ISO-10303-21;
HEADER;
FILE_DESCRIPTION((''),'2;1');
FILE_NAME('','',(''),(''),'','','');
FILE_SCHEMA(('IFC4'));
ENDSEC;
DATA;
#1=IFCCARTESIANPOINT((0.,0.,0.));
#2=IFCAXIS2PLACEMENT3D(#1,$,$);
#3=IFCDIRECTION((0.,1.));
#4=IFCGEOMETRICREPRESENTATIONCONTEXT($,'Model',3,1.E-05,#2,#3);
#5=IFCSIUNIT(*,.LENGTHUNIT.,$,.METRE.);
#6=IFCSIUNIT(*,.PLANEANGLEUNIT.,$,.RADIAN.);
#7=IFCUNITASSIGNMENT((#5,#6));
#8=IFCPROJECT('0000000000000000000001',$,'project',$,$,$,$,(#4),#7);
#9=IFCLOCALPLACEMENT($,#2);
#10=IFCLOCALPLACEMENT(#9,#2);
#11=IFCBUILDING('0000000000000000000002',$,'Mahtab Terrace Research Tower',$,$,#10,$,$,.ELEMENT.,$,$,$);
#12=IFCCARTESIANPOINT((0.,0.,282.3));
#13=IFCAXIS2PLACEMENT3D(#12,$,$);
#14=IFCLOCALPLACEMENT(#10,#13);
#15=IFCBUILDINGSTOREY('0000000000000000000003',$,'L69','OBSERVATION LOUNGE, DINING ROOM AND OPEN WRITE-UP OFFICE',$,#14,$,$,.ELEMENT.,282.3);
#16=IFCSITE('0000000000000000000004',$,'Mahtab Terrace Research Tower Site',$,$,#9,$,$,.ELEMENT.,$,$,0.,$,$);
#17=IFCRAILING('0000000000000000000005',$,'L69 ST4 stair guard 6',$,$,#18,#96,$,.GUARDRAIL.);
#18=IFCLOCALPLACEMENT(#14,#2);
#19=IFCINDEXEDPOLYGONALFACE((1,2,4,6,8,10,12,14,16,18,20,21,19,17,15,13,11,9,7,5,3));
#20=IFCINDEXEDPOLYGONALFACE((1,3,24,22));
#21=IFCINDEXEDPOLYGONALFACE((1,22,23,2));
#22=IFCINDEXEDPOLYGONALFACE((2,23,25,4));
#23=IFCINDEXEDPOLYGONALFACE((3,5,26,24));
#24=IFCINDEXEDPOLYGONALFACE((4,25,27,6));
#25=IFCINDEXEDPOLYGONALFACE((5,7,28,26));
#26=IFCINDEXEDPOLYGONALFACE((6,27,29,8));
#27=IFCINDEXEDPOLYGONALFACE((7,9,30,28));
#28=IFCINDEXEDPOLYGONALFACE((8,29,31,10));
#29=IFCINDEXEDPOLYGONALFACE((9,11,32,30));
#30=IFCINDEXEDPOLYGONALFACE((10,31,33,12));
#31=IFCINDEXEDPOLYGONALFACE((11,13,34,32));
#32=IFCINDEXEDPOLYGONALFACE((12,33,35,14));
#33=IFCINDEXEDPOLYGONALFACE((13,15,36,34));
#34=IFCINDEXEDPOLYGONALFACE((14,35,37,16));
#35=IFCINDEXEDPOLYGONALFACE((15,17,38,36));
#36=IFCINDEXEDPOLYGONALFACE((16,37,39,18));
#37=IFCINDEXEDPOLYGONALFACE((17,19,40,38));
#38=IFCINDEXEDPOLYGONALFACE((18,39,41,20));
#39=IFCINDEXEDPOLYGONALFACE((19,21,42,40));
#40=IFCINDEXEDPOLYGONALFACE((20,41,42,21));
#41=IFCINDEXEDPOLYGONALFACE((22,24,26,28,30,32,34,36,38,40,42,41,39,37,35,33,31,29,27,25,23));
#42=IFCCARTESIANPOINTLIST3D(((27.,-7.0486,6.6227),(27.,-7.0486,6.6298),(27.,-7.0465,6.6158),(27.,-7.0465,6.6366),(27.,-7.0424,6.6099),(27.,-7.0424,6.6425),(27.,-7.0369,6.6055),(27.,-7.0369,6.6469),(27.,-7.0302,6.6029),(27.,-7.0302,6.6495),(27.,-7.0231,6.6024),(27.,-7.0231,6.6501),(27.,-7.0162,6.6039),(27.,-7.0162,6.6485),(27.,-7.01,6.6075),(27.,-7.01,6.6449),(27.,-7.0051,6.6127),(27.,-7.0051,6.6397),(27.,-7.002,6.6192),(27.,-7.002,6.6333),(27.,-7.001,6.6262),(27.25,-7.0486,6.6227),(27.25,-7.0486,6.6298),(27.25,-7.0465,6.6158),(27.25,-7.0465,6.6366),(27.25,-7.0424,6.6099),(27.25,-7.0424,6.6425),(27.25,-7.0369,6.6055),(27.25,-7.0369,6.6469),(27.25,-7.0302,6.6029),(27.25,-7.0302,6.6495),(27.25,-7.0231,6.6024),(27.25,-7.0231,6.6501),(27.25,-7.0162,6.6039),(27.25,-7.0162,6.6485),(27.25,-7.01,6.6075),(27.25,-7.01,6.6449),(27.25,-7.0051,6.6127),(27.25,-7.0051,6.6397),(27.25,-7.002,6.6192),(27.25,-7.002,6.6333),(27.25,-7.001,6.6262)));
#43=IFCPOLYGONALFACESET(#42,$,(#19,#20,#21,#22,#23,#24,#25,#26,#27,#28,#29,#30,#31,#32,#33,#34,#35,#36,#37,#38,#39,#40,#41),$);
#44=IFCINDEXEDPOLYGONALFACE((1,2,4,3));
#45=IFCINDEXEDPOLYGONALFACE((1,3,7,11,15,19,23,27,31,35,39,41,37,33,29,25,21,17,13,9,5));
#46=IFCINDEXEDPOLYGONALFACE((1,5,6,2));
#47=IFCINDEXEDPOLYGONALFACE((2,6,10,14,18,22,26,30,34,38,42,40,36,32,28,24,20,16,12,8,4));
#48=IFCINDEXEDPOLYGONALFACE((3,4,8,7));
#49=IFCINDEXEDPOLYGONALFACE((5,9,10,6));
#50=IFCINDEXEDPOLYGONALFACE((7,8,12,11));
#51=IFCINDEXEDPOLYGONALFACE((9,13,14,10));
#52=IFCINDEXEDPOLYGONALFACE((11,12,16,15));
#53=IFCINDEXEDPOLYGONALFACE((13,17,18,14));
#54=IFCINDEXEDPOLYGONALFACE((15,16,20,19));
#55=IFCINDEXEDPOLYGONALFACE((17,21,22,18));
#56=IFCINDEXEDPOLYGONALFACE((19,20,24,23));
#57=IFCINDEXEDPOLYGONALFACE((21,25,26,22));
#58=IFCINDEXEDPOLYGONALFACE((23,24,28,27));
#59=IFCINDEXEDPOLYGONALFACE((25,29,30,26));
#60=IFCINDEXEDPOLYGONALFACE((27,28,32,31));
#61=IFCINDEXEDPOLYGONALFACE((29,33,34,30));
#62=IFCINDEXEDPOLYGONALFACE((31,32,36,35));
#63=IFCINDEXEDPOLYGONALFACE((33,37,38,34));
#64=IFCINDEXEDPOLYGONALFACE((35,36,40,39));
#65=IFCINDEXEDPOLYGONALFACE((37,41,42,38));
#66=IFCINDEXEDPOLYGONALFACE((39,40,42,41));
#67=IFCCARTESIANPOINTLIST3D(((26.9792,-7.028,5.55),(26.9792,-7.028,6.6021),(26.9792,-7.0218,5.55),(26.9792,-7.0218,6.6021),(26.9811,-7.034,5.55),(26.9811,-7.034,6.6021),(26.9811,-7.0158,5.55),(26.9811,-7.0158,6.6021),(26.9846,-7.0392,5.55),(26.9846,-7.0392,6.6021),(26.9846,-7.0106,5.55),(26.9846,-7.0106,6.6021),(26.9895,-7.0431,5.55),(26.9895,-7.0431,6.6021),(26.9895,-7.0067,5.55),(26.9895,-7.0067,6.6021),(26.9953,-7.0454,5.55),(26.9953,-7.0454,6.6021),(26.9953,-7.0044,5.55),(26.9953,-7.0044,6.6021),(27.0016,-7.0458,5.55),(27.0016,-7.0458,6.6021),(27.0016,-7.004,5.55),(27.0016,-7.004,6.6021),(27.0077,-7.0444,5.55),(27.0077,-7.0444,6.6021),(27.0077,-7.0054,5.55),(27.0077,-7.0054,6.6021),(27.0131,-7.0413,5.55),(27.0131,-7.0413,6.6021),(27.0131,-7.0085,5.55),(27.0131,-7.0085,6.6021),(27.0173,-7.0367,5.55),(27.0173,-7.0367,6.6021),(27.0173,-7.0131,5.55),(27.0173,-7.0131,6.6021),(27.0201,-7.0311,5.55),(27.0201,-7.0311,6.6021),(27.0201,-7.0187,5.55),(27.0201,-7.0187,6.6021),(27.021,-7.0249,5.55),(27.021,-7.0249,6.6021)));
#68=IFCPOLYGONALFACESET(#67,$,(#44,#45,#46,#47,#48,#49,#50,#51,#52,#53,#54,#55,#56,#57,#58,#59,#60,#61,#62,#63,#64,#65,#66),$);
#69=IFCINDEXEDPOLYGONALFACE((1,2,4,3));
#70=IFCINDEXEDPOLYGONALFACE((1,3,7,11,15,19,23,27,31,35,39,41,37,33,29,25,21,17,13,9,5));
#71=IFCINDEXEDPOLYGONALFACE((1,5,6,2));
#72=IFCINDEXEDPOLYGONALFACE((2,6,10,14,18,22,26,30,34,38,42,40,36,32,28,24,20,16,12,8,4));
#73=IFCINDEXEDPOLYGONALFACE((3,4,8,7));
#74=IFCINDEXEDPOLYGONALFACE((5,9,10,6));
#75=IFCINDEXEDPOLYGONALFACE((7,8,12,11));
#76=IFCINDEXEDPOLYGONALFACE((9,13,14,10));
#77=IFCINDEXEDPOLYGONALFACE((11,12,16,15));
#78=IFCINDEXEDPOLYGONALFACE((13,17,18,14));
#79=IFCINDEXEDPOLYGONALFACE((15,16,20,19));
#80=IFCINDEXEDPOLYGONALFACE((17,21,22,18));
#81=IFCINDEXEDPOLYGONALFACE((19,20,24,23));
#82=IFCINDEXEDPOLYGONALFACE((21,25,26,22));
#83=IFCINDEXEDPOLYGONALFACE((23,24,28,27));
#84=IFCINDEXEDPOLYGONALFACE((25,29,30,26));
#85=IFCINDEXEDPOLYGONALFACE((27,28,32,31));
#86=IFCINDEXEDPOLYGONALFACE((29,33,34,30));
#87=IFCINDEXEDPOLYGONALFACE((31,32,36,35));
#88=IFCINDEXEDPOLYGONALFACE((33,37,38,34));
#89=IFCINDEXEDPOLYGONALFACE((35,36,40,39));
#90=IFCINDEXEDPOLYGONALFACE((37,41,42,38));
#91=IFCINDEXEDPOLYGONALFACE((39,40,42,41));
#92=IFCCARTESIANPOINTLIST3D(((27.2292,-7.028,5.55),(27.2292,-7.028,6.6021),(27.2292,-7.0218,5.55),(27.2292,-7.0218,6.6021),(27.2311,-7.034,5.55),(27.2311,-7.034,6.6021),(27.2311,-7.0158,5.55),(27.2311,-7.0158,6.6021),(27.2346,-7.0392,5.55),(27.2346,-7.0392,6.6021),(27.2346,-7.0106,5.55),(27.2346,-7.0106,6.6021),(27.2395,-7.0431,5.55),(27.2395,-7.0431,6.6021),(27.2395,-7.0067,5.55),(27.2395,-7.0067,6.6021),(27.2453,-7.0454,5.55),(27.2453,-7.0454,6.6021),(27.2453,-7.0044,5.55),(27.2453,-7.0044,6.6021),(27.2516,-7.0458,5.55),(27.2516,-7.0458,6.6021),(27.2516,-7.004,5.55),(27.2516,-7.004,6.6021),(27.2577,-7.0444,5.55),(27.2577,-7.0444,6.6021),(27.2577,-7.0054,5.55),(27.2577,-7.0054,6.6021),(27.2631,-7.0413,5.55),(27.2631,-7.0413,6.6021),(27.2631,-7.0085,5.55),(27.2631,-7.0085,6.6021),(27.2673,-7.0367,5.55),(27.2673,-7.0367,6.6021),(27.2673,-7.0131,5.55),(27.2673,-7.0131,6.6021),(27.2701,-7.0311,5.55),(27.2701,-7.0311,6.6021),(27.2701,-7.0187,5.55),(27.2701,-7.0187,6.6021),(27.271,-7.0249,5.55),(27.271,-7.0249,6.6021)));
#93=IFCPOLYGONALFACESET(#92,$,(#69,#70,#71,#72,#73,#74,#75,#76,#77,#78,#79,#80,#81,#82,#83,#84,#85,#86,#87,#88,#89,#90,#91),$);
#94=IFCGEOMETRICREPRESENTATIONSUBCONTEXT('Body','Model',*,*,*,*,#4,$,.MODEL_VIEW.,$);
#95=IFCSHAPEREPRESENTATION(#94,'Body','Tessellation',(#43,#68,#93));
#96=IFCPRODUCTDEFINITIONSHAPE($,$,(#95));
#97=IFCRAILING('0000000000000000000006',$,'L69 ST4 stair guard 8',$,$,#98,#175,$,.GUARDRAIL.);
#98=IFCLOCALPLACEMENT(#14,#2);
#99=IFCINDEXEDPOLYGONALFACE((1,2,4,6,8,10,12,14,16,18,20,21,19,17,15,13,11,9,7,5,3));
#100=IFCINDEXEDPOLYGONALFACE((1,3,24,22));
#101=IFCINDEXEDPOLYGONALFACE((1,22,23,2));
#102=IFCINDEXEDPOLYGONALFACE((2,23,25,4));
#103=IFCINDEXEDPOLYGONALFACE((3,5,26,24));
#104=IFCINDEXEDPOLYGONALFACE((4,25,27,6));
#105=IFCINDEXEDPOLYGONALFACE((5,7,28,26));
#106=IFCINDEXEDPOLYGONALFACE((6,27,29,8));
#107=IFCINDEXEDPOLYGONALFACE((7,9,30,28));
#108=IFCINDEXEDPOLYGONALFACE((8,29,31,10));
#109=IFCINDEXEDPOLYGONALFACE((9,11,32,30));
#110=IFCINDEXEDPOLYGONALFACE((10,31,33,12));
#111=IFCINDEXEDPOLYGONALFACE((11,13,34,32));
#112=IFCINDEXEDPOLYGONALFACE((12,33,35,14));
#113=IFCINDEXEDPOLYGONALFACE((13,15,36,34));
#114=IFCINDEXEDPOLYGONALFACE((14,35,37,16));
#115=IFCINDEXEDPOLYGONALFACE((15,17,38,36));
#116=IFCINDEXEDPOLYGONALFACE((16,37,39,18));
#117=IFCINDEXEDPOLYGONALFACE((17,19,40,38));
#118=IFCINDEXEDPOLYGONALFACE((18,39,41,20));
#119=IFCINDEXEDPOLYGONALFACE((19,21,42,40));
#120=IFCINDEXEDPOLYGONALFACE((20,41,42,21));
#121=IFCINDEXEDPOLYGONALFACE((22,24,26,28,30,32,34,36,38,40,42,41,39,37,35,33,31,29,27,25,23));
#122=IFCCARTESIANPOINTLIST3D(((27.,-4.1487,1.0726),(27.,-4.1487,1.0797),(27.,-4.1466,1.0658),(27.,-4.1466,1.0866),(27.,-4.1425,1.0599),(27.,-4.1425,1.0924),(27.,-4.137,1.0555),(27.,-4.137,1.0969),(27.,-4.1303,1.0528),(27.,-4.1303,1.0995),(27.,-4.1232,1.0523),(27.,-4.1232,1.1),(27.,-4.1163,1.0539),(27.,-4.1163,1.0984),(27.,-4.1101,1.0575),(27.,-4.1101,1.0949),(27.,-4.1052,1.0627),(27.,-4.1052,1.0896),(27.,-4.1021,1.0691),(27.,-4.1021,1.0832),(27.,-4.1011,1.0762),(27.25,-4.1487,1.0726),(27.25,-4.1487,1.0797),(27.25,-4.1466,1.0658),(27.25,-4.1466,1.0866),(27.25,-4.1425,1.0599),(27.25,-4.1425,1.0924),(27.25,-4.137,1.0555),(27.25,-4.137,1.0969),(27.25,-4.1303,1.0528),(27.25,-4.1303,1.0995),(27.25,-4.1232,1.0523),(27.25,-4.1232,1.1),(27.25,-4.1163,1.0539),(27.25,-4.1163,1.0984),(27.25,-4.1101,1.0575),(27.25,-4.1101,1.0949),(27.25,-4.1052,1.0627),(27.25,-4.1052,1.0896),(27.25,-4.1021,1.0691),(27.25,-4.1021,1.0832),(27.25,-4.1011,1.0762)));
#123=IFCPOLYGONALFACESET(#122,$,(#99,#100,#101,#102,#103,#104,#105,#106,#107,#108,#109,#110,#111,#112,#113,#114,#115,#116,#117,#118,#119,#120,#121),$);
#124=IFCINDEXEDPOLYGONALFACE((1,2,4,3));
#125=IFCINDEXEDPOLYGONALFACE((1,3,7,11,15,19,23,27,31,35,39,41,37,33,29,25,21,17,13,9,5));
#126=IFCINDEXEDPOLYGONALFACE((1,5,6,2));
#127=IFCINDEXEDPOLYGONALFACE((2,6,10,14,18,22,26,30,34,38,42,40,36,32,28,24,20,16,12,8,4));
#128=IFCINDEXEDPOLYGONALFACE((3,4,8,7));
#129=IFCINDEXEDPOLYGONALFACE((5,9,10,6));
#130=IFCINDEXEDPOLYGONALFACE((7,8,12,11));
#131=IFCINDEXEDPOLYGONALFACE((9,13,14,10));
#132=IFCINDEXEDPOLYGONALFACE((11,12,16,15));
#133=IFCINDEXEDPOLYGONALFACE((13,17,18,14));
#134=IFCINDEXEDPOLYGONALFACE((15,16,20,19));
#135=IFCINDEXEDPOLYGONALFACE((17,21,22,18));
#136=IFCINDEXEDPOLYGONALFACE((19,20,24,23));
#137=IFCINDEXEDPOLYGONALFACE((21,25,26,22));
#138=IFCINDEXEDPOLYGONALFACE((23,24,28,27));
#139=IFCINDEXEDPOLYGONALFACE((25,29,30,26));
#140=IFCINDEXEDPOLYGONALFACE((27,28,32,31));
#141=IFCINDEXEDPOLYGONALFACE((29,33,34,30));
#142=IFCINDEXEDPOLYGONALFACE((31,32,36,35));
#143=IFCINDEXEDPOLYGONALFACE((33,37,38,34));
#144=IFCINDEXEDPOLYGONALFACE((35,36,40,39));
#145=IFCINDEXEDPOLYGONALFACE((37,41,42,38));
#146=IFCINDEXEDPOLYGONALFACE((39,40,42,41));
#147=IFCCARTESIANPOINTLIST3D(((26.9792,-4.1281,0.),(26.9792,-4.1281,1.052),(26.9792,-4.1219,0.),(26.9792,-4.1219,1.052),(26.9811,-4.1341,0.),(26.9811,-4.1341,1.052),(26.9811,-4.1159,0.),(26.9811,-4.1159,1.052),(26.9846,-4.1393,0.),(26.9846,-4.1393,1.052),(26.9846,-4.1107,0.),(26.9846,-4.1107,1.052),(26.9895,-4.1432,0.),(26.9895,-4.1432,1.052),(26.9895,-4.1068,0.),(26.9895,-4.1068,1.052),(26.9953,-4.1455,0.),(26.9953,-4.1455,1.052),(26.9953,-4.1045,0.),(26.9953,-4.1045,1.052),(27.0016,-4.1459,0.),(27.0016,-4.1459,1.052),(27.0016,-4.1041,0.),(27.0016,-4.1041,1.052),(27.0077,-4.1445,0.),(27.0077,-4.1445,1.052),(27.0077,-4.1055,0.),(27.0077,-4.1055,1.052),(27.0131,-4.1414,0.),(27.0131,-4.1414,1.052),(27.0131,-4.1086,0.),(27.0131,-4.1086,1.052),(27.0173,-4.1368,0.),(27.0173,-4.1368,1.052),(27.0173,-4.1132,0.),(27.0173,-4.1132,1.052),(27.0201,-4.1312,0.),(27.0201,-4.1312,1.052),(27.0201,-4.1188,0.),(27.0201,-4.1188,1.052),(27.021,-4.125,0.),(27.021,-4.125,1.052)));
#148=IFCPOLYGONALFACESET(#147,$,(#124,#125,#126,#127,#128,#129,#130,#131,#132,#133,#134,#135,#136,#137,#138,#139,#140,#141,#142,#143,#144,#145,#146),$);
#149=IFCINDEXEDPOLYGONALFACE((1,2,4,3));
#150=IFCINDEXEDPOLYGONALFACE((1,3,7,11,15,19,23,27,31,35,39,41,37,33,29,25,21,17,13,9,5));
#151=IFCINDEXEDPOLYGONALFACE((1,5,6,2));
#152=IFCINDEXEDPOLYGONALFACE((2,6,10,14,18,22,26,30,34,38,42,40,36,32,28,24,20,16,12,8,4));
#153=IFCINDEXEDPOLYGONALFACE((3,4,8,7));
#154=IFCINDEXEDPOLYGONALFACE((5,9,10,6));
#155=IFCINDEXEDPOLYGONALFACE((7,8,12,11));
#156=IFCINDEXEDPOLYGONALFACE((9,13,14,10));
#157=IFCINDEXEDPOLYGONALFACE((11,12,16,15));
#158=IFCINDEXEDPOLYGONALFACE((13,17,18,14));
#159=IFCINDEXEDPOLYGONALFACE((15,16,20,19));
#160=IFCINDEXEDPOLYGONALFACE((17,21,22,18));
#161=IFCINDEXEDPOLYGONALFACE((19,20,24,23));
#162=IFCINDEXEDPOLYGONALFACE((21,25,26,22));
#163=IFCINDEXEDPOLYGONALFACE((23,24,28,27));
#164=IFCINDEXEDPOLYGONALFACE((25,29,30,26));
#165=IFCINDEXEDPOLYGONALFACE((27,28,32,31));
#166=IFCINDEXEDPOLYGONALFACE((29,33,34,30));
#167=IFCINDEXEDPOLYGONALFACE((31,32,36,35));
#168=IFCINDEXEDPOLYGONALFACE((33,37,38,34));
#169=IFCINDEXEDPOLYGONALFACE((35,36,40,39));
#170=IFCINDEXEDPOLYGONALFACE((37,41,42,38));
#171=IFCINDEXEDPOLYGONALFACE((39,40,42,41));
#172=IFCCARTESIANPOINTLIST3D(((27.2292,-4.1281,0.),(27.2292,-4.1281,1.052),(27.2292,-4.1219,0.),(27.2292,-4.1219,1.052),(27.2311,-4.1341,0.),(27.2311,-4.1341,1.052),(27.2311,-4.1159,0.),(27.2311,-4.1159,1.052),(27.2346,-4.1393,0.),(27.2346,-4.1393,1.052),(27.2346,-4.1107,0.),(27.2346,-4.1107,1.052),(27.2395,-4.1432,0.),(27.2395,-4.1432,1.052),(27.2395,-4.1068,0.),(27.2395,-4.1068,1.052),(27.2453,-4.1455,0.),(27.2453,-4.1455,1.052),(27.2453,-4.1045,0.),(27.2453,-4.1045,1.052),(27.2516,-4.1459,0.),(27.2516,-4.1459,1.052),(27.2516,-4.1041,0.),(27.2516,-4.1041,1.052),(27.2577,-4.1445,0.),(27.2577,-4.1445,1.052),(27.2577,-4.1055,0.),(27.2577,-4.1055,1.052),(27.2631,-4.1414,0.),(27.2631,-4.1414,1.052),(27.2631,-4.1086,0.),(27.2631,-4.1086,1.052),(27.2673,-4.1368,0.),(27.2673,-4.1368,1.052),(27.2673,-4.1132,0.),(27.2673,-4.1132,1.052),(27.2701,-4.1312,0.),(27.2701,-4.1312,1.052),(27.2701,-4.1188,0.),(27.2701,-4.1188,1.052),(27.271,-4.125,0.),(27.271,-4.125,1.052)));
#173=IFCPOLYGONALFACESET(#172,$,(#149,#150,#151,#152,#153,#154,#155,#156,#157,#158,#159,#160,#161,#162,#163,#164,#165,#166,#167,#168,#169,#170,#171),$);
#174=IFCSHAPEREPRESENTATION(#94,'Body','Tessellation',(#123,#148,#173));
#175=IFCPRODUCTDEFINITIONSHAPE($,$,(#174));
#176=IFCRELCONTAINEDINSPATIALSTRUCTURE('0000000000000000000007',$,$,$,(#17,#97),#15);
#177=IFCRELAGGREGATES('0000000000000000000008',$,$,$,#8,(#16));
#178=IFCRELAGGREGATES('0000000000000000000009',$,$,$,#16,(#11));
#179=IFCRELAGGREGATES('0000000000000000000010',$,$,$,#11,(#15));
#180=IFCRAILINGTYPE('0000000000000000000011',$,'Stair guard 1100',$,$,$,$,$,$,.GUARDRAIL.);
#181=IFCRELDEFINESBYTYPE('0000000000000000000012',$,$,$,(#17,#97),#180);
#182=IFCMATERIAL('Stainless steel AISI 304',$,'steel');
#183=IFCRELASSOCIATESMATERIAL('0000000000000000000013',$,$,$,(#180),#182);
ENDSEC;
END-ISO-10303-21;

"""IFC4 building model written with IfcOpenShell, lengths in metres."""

from ifc_helpers import new_model, si_unit, direction, frame, origin, origin_2d, place, context, subcontext, project, spatial, circle, extrude, material, type_object, element, save


model = new_model("IFC4")

# Units and contexts
model_context = context("Model", 3, precision=1e-05, world=origin(), true_north=direction((0.0, 1.0)))
body_context = subcontext(model_context, "Body", "Model", "MODEL_VIEW")
ifc_project = project(units=[si_unit("LENGTHUNIT", "METRE"), si_unit("PLANEANGLEUNIT", "RADIAN")], contexts=[model_context])

# Site, building, storey
site_placement = place(None, origin())
site = spatial("IfcSite", under=ifc_project, at=site_placement, Name="Mahtab Terrace Research Tower Site", CompositionType="ELEMENT", RefElevation=0.0)
building_placement = place(site_placement, origin())
building = spatial("IfcBuilding", under=site, at=building_placement, Name="Mahtab Terrace Research Tower", CompositionType="ELEMENT")
storey_placement = place(building_placement, frame((0.0, 0.0, 282.3)))
storey = spatial("IfcBuildingStorey", under=building, at=storey_placement, Name="L69", Description="OBSERVATION LOUNGE, DINING ROOM AND OPEN WRITE-UP OFFICE", CompositionType="ELEMENT", Elevation=282.3)

# Railings
ifc_material_1 = material(Name="Stainless steel AISI 304", Category="steel")
railing_type_1 = type_object("IfcRailingType", Name="Stair guard 1100", PredefinedType="GUARDRAIL", material=ifc_material_1)
for number, where, name in (
    (1, (27.0, -7.0249, 5.55), "L69 ST4 stair guard 6"),
    (2, (27.0, -4.125, 0.0), "L69 ST4 stair guard 8"),
):
    element("IfcRailing", number, at=place(storey_placement, frame(where)), inside=storey, type_object=railing_type_1, Name=name, PredefinedType="GUARDRAIL", context=body_context, shape_type="SweptSolid", body=[
        extrude(circle(Radius=0.0239, at=origin_2d()), frame((0.0, 0.0, 1.0762), z_axis=(1.0, 0.0, 0.0), x_axis=(0.0, 1.0, 0.0)), (0.0, 0.0, 1.0), 0.25),
        extrude(circle(Radius=0.021, at=origin_2d()), origin(), (0.0, 0.0, 1.0), 1.052),
        extrude(circle(Radius=0.021, at=origin_2d()), frame((0.25, 0.0, 0.0)), (0.0, 0.0, 1.0), 1.052),
    ])

save(model, "model.ifc")
